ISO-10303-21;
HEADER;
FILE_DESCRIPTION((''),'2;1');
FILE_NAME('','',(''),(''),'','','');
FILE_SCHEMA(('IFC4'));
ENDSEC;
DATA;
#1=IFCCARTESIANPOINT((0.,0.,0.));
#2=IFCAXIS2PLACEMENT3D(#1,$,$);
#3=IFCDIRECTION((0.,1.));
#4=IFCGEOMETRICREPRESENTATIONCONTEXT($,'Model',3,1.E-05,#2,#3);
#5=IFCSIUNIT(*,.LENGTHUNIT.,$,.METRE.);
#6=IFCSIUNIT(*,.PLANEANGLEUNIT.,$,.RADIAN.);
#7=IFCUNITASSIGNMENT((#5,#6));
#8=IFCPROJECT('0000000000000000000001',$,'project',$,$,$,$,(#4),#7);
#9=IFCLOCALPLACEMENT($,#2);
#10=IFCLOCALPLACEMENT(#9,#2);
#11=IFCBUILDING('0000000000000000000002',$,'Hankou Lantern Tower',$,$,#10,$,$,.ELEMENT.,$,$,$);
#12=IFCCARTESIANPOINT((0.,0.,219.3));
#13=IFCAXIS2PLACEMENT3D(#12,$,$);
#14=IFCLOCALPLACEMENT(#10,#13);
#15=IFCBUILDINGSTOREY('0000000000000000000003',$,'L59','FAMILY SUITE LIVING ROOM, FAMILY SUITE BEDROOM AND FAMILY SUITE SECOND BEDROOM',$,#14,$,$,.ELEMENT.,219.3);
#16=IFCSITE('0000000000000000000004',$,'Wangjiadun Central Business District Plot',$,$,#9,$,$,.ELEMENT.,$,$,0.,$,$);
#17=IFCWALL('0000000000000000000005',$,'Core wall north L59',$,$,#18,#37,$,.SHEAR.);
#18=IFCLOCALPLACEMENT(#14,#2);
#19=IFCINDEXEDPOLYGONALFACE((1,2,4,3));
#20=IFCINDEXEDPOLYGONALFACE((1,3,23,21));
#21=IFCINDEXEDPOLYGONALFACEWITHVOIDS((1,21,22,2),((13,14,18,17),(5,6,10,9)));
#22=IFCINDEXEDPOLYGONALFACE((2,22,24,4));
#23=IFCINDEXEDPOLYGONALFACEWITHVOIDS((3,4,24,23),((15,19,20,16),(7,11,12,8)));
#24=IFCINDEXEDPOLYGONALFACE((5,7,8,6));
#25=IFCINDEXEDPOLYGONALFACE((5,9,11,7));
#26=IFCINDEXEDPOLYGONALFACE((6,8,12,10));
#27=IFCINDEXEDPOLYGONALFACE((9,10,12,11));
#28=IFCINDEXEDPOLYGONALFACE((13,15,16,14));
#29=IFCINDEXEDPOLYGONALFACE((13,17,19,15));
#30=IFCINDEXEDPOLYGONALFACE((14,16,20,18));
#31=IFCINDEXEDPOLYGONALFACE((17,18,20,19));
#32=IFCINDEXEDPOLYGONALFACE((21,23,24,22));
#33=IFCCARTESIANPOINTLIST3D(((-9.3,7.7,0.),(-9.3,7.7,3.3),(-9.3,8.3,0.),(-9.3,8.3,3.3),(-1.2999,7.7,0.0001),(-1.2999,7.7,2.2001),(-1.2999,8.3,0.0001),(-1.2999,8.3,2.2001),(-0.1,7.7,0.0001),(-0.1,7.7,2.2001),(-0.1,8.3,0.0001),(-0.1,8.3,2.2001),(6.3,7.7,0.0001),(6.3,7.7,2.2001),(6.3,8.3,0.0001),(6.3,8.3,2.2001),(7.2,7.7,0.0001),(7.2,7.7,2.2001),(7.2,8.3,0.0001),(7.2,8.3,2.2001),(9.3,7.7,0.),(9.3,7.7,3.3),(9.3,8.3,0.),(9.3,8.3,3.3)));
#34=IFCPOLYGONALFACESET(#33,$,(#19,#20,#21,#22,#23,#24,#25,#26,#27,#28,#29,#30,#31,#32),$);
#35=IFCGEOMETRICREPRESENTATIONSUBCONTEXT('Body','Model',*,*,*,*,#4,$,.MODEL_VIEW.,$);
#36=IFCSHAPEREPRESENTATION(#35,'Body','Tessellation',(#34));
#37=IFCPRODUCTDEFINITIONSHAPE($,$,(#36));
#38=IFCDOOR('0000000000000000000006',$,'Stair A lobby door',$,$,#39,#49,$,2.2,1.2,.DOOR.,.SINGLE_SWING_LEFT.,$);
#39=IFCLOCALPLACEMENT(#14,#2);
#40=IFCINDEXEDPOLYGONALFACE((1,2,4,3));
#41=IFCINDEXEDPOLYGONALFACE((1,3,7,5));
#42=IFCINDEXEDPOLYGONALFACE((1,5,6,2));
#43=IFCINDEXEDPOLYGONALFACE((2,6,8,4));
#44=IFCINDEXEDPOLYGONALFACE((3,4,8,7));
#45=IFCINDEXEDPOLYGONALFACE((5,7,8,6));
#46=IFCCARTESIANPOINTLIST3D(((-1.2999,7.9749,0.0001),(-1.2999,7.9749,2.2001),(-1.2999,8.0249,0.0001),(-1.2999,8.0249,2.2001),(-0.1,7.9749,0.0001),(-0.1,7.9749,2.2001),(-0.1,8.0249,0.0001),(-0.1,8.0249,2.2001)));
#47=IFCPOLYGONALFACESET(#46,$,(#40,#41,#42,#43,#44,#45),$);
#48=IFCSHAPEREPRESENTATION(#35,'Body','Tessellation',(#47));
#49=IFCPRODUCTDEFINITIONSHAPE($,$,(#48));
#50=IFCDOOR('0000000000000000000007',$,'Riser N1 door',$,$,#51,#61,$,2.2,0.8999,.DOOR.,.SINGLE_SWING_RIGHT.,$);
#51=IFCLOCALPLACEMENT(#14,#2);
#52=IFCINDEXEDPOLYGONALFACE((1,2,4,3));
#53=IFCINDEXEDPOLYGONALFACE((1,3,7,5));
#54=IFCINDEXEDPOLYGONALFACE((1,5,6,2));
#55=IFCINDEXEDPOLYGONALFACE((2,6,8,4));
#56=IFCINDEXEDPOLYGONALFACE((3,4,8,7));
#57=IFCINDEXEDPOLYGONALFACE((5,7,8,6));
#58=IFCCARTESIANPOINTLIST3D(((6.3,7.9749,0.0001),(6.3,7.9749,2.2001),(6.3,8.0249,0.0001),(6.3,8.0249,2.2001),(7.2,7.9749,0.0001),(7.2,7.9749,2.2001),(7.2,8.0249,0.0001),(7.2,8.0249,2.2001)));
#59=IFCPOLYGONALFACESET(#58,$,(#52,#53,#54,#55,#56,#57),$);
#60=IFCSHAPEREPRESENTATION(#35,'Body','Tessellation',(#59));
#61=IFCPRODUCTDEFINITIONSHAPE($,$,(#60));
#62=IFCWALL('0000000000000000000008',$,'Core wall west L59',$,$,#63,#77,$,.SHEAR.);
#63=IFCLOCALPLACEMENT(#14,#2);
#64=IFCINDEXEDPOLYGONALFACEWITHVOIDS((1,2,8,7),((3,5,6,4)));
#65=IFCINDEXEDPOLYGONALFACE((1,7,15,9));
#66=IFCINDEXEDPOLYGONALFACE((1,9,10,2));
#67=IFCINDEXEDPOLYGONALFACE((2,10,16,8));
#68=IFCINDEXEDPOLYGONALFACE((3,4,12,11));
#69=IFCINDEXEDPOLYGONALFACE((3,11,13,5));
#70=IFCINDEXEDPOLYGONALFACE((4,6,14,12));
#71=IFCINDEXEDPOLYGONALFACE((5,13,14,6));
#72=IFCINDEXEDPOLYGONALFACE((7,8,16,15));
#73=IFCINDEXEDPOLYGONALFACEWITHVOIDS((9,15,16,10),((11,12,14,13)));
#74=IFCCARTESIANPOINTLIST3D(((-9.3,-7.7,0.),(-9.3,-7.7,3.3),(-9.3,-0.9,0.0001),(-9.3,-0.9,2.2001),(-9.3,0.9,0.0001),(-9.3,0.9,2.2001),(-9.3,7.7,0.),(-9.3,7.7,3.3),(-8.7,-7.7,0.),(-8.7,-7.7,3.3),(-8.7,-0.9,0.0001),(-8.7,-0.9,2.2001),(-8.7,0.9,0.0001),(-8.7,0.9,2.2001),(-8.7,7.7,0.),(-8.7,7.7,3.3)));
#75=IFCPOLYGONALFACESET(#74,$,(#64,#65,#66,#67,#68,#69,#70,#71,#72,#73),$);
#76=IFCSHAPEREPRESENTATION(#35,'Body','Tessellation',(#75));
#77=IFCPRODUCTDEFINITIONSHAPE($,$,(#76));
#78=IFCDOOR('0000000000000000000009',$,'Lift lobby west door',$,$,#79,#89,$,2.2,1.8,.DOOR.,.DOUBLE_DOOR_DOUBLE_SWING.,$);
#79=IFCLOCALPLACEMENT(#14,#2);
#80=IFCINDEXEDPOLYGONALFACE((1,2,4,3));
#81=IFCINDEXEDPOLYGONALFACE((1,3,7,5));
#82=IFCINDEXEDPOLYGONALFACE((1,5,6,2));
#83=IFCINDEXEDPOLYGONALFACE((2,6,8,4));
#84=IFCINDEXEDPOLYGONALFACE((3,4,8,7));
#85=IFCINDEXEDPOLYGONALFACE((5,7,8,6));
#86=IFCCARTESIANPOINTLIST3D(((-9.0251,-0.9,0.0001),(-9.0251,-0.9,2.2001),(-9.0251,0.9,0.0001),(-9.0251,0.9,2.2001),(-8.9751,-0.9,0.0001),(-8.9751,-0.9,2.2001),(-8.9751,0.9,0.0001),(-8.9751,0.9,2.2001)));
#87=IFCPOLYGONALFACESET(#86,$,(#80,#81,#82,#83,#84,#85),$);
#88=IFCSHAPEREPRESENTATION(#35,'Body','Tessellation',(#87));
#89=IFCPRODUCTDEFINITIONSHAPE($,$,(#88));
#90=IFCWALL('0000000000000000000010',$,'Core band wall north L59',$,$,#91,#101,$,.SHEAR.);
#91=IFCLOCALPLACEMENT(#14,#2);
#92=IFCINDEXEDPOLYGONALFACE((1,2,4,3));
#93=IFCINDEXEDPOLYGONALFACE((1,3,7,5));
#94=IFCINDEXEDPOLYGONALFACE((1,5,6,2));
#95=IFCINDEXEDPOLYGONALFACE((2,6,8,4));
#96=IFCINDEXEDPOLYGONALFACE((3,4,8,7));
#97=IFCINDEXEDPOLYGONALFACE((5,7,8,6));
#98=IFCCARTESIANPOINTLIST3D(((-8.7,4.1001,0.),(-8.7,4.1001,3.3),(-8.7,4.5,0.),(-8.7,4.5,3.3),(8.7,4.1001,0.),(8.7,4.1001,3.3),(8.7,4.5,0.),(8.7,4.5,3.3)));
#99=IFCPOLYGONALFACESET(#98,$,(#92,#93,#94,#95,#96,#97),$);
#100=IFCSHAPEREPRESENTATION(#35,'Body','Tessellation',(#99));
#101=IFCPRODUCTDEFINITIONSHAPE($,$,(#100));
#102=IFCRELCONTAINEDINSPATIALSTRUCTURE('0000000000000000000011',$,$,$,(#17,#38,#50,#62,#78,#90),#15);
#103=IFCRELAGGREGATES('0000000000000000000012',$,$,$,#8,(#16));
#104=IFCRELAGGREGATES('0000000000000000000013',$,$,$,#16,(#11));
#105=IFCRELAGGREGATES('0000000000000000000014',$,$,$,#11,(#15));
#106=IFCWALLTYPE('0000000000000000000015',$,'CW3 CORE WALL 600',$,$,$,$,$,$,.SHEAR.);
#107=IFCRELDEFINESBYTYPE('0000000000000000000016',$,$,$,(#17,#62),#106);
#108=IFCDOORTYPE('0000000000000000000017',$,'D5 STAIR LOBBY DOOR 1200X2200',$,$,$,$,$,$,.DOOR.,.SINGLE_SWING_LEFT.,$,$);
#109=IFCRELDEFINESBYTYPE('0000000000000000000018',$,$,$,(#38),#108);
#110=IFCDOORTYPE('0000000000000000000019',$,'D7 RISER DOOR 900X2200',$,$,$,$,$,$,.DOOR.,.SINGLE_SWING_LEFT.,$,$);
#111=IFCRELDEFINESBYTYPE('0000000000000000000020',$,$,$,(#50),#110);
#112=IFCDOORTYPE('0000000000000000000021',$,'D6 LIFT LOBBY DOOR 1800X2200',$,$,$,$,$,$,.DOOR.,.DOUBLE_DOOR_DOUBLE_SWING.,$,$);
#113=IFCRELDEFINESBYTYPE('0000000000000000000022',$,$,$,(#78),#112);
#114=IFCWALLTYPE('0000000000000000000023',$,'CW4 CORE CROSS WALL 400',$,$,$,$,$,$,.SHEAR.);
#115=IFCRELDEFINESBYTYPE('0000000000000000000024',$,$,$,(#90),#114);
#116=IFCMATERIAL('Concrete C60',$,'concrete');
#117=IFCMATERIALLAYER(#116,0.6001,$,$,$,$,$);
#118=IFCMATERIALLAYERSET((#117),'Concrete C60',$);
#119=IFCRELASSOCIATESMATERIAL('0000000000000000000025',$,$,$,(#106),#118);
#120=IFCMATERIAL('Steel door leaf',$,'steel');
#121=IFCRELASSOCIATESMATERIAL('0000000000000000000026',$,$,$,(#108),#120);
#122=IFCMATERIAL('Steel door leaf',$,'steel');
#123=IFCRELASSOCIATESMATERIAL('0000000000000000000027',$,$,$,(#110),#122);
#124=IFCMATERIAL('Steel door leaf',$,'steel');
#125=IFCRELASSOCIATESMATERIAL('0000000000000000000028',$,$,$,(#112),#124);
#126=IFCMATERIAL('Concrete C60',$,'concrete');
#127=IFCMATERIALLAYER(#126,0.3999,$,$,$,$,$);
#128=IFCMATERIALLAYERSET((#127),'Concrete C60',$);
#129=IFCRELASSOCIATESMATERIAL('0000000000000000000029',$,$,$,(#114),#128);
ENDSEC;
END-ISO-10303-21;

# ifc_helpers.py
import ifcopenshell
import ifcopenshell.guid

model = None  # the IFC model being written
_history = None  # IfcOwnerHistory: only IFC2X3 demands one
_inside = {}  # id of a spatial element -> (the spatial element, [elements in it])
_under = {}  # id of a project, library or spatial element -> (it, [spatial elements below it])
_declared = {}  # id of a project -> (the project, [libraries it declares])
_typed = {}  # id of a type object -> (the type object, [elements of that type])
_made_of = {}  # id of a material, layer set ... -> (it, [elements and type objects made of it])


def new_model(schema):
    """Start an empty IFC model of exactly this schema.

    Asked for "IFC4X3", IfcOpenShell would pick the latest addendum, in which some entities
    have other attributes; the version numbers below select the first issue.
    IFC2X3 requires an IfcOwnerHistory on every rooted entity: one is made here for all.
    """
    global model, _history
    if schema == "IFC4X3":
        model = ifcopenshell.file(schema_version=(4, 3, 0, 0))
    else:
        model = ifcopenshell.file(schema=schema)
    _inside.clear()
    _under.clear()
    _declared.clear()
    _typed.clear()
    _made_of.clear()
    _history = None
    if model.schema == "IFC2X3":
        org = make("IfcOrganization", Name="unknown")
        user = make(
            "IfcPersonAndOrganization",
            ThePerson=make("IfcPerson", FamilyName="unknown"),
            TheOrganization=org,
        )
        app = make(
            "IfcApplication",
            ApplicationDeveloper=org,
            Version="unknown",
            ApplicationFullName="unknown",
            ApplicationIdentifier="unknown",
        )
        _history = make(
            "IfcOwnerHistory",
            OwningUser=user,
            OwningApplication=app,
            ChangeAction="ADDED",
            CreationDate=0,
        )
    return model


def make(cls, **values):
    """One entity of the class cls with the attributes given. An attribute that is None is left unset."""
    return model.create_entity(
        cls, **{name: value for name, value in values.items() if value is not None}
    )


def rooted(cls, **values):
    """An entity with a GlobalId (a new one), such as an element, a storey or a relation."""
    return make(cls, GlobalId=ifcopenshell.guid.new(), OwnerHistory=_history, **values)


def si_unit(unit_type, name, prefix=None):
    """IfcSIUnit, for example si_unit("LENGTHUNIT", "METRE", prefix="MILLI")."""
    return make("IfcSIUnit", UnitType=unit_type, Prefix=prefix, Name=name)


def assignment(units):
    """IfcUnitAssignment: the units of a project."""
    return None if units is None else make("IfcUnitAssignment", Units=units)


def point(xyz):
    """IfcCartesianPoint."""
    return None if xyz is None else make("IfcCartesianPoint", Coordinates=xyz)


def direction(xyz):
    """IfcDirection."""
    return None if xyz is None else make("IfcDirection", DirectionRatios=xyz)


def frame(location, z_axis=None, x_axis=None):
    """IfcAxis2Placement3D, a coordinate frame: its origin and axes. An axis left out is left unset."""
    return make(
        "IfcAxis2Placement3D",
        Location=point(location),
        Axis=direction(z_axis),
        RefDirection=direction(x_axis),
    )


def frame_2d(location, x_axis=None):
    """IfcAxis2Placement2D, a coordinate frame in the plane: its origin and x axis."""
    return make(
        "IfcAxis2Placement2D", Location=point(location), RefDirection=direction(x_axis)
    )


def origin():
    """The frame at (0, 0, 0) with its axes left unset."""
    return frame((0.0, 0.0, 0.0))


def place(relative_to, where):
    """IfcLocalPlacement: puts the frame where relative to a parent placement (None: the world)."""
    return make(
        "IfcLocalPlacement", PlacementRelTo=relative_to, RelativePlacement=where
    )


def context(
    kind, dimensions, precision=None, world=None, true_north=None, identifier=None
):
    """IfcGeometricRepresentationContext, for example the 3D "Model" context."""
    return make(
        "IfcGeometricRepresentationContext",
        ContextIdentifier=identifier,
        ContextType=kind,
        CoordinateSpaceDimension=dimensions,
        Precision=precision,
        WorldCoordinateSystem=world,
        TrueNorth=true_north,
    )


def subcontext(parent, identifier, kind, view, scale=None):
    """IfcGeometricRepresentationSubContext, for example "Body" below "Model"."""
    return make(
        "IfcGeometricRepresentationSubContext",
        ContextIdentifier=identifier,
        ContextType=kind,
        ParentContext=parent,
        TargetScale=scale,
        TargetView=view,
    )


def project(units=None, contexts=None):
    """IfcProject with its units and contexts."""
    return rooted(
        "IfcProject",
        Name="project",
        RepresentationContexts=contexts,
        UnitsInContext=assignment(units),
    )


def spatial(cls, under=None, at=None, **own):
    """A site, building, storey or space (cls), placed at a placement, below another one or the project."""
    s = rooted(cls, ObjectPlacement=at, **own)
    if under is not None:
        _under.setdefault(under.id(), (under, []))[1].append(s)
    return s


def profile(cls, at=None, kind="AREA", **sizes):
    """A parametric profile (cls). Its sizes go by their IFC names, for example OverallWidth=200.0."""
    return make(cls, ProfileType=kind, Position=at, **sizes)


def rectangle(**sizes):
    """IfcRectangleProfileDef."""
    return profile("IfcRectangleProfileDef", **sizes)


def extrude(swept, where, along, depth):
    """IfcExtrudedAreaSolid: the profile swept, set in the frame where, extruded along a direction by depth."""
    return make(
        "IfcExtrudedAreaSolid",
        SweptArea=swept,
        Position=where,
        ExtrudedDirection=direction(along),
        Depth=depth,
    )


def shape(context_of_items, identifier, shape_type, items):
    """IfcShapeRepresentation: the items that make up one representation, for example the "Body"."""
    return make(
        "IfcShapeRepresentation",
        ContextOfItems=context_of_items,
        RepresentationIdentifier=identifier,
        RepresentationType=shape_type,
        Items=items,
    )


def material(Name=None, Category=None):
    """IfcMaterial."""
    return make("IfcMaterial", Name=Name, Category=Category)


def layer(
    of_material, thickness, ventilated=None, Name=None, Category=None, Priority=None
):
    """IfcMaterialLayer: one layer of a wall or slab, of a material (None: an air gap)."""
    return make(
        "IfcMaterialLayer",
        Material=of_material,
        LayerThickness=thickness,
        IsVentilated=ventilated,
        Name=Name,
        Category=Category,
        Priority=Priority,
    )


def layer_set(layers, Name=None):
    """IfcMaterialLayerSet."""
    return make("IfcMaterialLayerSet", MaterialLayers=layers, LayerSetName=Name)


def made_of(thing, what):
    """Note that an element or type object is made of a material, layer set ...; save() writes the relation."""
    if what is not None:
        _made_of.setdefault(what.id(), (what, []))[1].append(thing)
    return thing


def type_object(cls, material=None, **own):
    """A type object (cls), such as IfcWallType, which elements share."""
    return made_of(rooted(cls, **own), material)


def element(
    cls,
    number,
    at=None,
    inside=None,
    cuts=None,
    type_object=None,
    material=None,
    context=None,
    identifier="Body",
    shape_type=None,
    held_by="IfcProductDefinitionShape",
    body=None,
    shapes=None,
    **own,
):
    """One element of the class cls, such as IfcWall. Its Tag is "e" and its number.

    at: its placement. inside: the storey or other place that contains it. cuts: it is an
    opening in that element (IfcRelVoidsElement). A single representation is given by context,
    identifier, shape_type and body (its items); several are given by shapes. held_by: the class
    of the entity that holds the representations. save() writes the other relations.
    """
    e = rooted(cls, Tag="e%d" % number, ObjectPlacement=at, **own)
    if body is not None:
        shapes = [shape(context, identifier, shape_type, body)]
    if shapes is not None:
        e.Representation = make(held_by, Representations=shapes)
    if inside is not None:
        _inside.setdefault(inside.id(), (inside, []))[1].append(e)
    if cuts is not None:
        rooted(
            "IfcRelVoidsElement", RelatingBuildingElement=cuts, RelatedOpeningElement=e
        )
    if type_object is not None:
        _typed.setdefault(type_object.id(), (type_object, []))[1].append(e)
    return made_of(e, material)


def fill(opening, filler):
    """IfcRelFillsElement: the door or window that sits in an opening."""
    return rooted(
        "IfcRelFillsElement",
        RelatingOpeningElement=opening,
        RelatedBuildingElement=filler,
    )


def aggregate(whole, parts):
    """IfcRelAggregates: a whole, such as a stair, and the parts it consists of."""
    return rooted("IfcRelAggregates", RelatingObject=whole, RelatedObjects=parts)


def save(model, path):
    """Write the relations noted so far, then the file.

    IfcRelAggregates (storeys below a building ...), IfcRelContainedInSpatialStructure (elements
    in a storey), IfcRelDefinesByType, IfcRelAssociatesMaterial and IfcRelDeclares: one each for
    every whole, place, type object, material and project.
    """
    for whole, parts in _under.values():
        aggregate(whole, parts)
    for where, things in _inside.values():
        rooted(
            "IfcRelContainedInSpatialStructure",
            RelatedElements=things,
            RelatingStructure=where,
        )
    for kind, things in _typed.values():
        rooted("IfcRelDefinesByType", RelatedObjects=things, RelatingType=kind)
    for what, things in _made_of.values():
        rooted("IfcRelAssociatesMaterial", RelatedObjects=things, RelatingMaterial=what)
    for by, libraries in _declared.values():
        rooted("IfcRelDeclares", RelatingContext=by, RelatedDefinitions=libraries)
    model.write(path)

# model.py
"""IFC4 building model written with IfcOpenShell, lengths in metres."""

from ifc_helpers import new_model, si_unit, direction, frame, frame_2d, origin, place, context, subcontext, project, spatial, rectangle, extrude, material, layer, layer_set, type_object, element, fill, save


model = new_model("IFC4")

# Units and contexts
model_context = context("Model", 3, precision=1e-05, world=origin(), true_north=direction((0.0, 1.0)))
body_context = subcontext(model_context, "Body", "Model", "MODEL_VIEW")
ifc_project = project(units=[si_unit("LENGTHUNIT", "METRE"), si_unit("PLANEANGLEUNIT", "RADIAN")], contexts=[model_context])

# Site, building, storey
site_placement = place(None, origin())
site = spatial("IfcSite", under=ifc_project, at=site_placement, Name="Wangjiadun Central Business District Plot", CompositionType="ELEMENT", RefElevation=0.0)
building_placement = place(site_placement, origin())
building = spatial("IfcBuilding", under=site, at=building_placement, Name="Hankou Lantern Tower", CompositionType="ELEMENT")
storey_placement = place(building_placement, frame((0.0, 0.0, 219.3)))
storey = spatial("IfcBuildingStorey", under=building, at=storey_placement, Name="L59", Description="FAMILY SUITE LIVING ROOM, FAMILY SUITE BEDROOM AND FAMILY SUITE SECOND BEDROOM", CompositionType="ELEMENT", Elevation=219.3)

# Wall, openings, doors
ifc_material_1 = material(Name="Concrete C60", Category="concrete")
ifc_layer_1 = layer(ifc_material_1, 0.6001)
ifc_layer_set_1 = layer_set([ifc_layer_1], Name="Concrete C60")
wall_type_1 = type_object("IfcWallType", Name="CW3 CORE WALL 600", PredefinedType="SHEAR", material=ifc_layer_set_1)
wall_1_placement = place(storey_placement, frame((-9.3, 8.0, 0.0), z_axis=(0.0, 0.0, 1.0), x_axis=(1.0, 0.0, 0.0)))
wall_1 = element("IfcWall", 1, at=wall_1_placement, inside=storey, type_object=wall_type_1, Name="Core wall north L59", PredefinedType="SHEAR", context=body_context, shape_type="SweptSolid", body=[
    extrude(rectangle(XDim=18.6001, YDim=0.6001, at=frame_2d((9.3, 0.0))), origin(), (0.0, 0.0, 1.0), 3.3),
])
opening_1_placement = place(wall_1_placement, frame((8.0, 0.0, 0.0)))
opening_1 = element("IfcOpeningElement", 2, at=opening_1_placement, cuts=wall_1, PredefinedType="OPENING", context=body_context, shape_type="SweptSolid", body=[
    extrude(rectangle(XDim=1.2, YDim=2.2, at=frame_2d((0.6001, 1.1001))), frame((0.0, 0.3101, 0.0), z_axis=(0.0, -1.0, 0.0), x_axis=(1.0, 0.0, 0.0)), (0.0, 0.0, 1.0), 0.6201),
])
opening_2_placement = place(wall_1_placement, frame((15.6001, 0.0, 0.0)))
opening_2 = element("IfcOpeningElement", 3, at=opening_2_placement, cuts=wall_1, PredefinedType="OPENING", context=body_context, shape_type="SweptSolid", body=[
    extrude(rectangle(XDim=0.8999, YDim=2.2, at=frame_2d((0.45, 1.1001))), frame((0.0, 0.3101, 0.0), z_axis=(0.0, -1.0, 0.0), x_axis=(1.0, 0.0, 0.0)), (0.0, 0.0, 1.0), 0.6201),
])
ifc_material_2 = material(Name="Steel door leaf", Category="steel")
door_type_1 = type_object("IfcDoorType", Name="D5 STAIR LOBBY DOOR 1200X2200", OperationType="SINGLE_SWING_LEFT", PredefinedType="DOOR", material=ifc_material_2)
door_1_placement = place(opening_1_placement, origin())
door_1 = element("IfcDoor", 4, at=door_1_placement, inside=storey, type_object=door_type_1, Name="Stair A lobby door", OperationType="SINGLE_SWING_LEFT", OverallHeight=2.2, OverallWidth=1.2, PredefinedType="DOOR", context=body_context, shape_type="SweptSolid", body=[
    extrude(rectangle(XDim=1.2, YDim=2.2, at=frame_2d((0.6001, 1.1001))), frame((0.0, 0.0249, 0.0), z_axis=(0.0, -1.0, 0.0), x_axis=(1.0, 0.0, 0.0)), (0.0, 0.0, 1.0), 0.05),
])
fill(opening_1, door_1)
ifc_material_3 = material(Name="Steel door leaf", Category="steel")
door_type_2 = type_object("IfcDoorType", Name="D7 RISER DOOR 900X2200", OperationType="SINGLE_SWING_LEFT", PredefinedType="DOOR", material=ifc_material_3)
door_2_placement = place(opening_2_placement, origin())
door_2 = element("IfcDoor", 5, at=door_2_placement, inside=storey, type_object=door_type_2, Name="Riser N1 door", OperationType="SINGLE_SWING_RIGHT", OverallHeight=2.2, OverallWidth=0.8999, PredefinedType="DOOR", context=body_context, shape_type="SweptSolid", body=[
    extrude(rectangle(XDim=0.8999, YDim=2.2, at=frame_2d((0.45, 1.1001))), frame((0.0, 0.0249, 0.0), z_axis=(0.0, -1.0, 0.0), x_axis=(1.0, 0.0, 0.0)), (0.0, 0.0, 1.0), 0.05),
])
fill(opening_2, door_2)

# Wall, opening, door
wall_2_placement = place(storey_placement, frame((-9.0, 7.7, 0.0), z_axis=(0.0, 0.0, 1.0), x_axis=(0.0, -1.0, 0.0)))
wall_2 = element("IfcWall", 6, at=wall_2_placement, inside=storey, type_object=wall_type_1, Name="Core wall west L59", PredefinedType="SHEAR", context=body_context, shape_type="SweptSolid", body=[
    extrude(rectangle(XDim=15.3999, YDim=0.6001, at=frame_2d((7.7, 0.0))), origin(), (0.0, 0.0, 1.0), 3.3),
])
opening_3_placement = place(wall_2_placement, frame((6.8, 0.0, 0.0)))
opening_3 = element("IfcOpeningElement", 7, at=opening_3_placement, cuts=wall_2, PredefinedType="OPENING", context=body_context, shape_type="SweptSolid", body=[
    extrude(rectangle(XDim=1.8, YDim=2.2, at=frame_2d((0.8999, 1.1001))), frame((0.0, 0.3101, 0.0), z_axis=(0.0, -1.0, 0.0), x_axis=(1.0, 0.0, 0.0)), (0.0, 0.0, 1.0), 0.6201),
])
ifc_material_4 = material(Name="Steel door leaf", Category="steel")
door_type_3 = type_object("IfcDoorType", Name="D6 LIFT LOBBY DOOR 1800X2200", OperationType="DOUBLE_DOOR_DOUBLE_SWING", PredefinedType="DOOR", material=ifc_material_4)
door_3_placement = place(opening_3_placement, origin())
door_3 = element("IfcDoor", 8, at=door_3_placement, inside=storey, type_object=door_type_3, Name="Lift lobby west door", OperationType="DOUBLE_DOOR_DOUBLE_SWING", OverallHeight=2.2, OverallWidth=1.8, PredefinedType="DOOR", context=body_context, shape_type="SweptSolid", body=[
    extrude(rectangle(XDim=1.8, YDim=2.2, at=frame_2d((0.8999, 1.1001))), frame((0.0, 0.0249, 0.0), z_axis=(0.0, -1.0, 0.0), x_axis=(1.0, 0.0, 0.0)), (0.0, 0.0, 1.0), 0.05),
])
fill(opening_3, door_3)

# Wall
ifc_material_5 = material(Name="Concrete C60", Category="concrete")
ifc_layer_2 = layer(ifc_material_5, 0.3999)
ifc_layer_set_2 = layer_set([ifc_layer_2], Name="Concrete C60")
wall_type_2 = type_object("IfcWallType", Name="CW4 CORE CROSS WALL 400", PredefinedType="SHEAR", material=ifc_layer_set_2)
wall_3_placement = place(storey_placement, frame((-8.7, 4.3, 0.0), z_axis=(0.0, 0.0, 1.0), x_axis=(1.0, 0.0, 0.0)))
element("IfcWall", 9, at=wall_3_placement, inside=storey, type_object=wall_type_2, Name="Core band wall north L59", PredefinedType="SHEAR", context=body_context, shape_type="SweptSolid", body=[
    extrude(rectangle(XDim=17.3999, YDim=0.3999, at=frame_2d((8.7, 0.0))), origin(), (0.0, 0.0, 1.0), 3.3),
])

save(model, "model.ifc")
